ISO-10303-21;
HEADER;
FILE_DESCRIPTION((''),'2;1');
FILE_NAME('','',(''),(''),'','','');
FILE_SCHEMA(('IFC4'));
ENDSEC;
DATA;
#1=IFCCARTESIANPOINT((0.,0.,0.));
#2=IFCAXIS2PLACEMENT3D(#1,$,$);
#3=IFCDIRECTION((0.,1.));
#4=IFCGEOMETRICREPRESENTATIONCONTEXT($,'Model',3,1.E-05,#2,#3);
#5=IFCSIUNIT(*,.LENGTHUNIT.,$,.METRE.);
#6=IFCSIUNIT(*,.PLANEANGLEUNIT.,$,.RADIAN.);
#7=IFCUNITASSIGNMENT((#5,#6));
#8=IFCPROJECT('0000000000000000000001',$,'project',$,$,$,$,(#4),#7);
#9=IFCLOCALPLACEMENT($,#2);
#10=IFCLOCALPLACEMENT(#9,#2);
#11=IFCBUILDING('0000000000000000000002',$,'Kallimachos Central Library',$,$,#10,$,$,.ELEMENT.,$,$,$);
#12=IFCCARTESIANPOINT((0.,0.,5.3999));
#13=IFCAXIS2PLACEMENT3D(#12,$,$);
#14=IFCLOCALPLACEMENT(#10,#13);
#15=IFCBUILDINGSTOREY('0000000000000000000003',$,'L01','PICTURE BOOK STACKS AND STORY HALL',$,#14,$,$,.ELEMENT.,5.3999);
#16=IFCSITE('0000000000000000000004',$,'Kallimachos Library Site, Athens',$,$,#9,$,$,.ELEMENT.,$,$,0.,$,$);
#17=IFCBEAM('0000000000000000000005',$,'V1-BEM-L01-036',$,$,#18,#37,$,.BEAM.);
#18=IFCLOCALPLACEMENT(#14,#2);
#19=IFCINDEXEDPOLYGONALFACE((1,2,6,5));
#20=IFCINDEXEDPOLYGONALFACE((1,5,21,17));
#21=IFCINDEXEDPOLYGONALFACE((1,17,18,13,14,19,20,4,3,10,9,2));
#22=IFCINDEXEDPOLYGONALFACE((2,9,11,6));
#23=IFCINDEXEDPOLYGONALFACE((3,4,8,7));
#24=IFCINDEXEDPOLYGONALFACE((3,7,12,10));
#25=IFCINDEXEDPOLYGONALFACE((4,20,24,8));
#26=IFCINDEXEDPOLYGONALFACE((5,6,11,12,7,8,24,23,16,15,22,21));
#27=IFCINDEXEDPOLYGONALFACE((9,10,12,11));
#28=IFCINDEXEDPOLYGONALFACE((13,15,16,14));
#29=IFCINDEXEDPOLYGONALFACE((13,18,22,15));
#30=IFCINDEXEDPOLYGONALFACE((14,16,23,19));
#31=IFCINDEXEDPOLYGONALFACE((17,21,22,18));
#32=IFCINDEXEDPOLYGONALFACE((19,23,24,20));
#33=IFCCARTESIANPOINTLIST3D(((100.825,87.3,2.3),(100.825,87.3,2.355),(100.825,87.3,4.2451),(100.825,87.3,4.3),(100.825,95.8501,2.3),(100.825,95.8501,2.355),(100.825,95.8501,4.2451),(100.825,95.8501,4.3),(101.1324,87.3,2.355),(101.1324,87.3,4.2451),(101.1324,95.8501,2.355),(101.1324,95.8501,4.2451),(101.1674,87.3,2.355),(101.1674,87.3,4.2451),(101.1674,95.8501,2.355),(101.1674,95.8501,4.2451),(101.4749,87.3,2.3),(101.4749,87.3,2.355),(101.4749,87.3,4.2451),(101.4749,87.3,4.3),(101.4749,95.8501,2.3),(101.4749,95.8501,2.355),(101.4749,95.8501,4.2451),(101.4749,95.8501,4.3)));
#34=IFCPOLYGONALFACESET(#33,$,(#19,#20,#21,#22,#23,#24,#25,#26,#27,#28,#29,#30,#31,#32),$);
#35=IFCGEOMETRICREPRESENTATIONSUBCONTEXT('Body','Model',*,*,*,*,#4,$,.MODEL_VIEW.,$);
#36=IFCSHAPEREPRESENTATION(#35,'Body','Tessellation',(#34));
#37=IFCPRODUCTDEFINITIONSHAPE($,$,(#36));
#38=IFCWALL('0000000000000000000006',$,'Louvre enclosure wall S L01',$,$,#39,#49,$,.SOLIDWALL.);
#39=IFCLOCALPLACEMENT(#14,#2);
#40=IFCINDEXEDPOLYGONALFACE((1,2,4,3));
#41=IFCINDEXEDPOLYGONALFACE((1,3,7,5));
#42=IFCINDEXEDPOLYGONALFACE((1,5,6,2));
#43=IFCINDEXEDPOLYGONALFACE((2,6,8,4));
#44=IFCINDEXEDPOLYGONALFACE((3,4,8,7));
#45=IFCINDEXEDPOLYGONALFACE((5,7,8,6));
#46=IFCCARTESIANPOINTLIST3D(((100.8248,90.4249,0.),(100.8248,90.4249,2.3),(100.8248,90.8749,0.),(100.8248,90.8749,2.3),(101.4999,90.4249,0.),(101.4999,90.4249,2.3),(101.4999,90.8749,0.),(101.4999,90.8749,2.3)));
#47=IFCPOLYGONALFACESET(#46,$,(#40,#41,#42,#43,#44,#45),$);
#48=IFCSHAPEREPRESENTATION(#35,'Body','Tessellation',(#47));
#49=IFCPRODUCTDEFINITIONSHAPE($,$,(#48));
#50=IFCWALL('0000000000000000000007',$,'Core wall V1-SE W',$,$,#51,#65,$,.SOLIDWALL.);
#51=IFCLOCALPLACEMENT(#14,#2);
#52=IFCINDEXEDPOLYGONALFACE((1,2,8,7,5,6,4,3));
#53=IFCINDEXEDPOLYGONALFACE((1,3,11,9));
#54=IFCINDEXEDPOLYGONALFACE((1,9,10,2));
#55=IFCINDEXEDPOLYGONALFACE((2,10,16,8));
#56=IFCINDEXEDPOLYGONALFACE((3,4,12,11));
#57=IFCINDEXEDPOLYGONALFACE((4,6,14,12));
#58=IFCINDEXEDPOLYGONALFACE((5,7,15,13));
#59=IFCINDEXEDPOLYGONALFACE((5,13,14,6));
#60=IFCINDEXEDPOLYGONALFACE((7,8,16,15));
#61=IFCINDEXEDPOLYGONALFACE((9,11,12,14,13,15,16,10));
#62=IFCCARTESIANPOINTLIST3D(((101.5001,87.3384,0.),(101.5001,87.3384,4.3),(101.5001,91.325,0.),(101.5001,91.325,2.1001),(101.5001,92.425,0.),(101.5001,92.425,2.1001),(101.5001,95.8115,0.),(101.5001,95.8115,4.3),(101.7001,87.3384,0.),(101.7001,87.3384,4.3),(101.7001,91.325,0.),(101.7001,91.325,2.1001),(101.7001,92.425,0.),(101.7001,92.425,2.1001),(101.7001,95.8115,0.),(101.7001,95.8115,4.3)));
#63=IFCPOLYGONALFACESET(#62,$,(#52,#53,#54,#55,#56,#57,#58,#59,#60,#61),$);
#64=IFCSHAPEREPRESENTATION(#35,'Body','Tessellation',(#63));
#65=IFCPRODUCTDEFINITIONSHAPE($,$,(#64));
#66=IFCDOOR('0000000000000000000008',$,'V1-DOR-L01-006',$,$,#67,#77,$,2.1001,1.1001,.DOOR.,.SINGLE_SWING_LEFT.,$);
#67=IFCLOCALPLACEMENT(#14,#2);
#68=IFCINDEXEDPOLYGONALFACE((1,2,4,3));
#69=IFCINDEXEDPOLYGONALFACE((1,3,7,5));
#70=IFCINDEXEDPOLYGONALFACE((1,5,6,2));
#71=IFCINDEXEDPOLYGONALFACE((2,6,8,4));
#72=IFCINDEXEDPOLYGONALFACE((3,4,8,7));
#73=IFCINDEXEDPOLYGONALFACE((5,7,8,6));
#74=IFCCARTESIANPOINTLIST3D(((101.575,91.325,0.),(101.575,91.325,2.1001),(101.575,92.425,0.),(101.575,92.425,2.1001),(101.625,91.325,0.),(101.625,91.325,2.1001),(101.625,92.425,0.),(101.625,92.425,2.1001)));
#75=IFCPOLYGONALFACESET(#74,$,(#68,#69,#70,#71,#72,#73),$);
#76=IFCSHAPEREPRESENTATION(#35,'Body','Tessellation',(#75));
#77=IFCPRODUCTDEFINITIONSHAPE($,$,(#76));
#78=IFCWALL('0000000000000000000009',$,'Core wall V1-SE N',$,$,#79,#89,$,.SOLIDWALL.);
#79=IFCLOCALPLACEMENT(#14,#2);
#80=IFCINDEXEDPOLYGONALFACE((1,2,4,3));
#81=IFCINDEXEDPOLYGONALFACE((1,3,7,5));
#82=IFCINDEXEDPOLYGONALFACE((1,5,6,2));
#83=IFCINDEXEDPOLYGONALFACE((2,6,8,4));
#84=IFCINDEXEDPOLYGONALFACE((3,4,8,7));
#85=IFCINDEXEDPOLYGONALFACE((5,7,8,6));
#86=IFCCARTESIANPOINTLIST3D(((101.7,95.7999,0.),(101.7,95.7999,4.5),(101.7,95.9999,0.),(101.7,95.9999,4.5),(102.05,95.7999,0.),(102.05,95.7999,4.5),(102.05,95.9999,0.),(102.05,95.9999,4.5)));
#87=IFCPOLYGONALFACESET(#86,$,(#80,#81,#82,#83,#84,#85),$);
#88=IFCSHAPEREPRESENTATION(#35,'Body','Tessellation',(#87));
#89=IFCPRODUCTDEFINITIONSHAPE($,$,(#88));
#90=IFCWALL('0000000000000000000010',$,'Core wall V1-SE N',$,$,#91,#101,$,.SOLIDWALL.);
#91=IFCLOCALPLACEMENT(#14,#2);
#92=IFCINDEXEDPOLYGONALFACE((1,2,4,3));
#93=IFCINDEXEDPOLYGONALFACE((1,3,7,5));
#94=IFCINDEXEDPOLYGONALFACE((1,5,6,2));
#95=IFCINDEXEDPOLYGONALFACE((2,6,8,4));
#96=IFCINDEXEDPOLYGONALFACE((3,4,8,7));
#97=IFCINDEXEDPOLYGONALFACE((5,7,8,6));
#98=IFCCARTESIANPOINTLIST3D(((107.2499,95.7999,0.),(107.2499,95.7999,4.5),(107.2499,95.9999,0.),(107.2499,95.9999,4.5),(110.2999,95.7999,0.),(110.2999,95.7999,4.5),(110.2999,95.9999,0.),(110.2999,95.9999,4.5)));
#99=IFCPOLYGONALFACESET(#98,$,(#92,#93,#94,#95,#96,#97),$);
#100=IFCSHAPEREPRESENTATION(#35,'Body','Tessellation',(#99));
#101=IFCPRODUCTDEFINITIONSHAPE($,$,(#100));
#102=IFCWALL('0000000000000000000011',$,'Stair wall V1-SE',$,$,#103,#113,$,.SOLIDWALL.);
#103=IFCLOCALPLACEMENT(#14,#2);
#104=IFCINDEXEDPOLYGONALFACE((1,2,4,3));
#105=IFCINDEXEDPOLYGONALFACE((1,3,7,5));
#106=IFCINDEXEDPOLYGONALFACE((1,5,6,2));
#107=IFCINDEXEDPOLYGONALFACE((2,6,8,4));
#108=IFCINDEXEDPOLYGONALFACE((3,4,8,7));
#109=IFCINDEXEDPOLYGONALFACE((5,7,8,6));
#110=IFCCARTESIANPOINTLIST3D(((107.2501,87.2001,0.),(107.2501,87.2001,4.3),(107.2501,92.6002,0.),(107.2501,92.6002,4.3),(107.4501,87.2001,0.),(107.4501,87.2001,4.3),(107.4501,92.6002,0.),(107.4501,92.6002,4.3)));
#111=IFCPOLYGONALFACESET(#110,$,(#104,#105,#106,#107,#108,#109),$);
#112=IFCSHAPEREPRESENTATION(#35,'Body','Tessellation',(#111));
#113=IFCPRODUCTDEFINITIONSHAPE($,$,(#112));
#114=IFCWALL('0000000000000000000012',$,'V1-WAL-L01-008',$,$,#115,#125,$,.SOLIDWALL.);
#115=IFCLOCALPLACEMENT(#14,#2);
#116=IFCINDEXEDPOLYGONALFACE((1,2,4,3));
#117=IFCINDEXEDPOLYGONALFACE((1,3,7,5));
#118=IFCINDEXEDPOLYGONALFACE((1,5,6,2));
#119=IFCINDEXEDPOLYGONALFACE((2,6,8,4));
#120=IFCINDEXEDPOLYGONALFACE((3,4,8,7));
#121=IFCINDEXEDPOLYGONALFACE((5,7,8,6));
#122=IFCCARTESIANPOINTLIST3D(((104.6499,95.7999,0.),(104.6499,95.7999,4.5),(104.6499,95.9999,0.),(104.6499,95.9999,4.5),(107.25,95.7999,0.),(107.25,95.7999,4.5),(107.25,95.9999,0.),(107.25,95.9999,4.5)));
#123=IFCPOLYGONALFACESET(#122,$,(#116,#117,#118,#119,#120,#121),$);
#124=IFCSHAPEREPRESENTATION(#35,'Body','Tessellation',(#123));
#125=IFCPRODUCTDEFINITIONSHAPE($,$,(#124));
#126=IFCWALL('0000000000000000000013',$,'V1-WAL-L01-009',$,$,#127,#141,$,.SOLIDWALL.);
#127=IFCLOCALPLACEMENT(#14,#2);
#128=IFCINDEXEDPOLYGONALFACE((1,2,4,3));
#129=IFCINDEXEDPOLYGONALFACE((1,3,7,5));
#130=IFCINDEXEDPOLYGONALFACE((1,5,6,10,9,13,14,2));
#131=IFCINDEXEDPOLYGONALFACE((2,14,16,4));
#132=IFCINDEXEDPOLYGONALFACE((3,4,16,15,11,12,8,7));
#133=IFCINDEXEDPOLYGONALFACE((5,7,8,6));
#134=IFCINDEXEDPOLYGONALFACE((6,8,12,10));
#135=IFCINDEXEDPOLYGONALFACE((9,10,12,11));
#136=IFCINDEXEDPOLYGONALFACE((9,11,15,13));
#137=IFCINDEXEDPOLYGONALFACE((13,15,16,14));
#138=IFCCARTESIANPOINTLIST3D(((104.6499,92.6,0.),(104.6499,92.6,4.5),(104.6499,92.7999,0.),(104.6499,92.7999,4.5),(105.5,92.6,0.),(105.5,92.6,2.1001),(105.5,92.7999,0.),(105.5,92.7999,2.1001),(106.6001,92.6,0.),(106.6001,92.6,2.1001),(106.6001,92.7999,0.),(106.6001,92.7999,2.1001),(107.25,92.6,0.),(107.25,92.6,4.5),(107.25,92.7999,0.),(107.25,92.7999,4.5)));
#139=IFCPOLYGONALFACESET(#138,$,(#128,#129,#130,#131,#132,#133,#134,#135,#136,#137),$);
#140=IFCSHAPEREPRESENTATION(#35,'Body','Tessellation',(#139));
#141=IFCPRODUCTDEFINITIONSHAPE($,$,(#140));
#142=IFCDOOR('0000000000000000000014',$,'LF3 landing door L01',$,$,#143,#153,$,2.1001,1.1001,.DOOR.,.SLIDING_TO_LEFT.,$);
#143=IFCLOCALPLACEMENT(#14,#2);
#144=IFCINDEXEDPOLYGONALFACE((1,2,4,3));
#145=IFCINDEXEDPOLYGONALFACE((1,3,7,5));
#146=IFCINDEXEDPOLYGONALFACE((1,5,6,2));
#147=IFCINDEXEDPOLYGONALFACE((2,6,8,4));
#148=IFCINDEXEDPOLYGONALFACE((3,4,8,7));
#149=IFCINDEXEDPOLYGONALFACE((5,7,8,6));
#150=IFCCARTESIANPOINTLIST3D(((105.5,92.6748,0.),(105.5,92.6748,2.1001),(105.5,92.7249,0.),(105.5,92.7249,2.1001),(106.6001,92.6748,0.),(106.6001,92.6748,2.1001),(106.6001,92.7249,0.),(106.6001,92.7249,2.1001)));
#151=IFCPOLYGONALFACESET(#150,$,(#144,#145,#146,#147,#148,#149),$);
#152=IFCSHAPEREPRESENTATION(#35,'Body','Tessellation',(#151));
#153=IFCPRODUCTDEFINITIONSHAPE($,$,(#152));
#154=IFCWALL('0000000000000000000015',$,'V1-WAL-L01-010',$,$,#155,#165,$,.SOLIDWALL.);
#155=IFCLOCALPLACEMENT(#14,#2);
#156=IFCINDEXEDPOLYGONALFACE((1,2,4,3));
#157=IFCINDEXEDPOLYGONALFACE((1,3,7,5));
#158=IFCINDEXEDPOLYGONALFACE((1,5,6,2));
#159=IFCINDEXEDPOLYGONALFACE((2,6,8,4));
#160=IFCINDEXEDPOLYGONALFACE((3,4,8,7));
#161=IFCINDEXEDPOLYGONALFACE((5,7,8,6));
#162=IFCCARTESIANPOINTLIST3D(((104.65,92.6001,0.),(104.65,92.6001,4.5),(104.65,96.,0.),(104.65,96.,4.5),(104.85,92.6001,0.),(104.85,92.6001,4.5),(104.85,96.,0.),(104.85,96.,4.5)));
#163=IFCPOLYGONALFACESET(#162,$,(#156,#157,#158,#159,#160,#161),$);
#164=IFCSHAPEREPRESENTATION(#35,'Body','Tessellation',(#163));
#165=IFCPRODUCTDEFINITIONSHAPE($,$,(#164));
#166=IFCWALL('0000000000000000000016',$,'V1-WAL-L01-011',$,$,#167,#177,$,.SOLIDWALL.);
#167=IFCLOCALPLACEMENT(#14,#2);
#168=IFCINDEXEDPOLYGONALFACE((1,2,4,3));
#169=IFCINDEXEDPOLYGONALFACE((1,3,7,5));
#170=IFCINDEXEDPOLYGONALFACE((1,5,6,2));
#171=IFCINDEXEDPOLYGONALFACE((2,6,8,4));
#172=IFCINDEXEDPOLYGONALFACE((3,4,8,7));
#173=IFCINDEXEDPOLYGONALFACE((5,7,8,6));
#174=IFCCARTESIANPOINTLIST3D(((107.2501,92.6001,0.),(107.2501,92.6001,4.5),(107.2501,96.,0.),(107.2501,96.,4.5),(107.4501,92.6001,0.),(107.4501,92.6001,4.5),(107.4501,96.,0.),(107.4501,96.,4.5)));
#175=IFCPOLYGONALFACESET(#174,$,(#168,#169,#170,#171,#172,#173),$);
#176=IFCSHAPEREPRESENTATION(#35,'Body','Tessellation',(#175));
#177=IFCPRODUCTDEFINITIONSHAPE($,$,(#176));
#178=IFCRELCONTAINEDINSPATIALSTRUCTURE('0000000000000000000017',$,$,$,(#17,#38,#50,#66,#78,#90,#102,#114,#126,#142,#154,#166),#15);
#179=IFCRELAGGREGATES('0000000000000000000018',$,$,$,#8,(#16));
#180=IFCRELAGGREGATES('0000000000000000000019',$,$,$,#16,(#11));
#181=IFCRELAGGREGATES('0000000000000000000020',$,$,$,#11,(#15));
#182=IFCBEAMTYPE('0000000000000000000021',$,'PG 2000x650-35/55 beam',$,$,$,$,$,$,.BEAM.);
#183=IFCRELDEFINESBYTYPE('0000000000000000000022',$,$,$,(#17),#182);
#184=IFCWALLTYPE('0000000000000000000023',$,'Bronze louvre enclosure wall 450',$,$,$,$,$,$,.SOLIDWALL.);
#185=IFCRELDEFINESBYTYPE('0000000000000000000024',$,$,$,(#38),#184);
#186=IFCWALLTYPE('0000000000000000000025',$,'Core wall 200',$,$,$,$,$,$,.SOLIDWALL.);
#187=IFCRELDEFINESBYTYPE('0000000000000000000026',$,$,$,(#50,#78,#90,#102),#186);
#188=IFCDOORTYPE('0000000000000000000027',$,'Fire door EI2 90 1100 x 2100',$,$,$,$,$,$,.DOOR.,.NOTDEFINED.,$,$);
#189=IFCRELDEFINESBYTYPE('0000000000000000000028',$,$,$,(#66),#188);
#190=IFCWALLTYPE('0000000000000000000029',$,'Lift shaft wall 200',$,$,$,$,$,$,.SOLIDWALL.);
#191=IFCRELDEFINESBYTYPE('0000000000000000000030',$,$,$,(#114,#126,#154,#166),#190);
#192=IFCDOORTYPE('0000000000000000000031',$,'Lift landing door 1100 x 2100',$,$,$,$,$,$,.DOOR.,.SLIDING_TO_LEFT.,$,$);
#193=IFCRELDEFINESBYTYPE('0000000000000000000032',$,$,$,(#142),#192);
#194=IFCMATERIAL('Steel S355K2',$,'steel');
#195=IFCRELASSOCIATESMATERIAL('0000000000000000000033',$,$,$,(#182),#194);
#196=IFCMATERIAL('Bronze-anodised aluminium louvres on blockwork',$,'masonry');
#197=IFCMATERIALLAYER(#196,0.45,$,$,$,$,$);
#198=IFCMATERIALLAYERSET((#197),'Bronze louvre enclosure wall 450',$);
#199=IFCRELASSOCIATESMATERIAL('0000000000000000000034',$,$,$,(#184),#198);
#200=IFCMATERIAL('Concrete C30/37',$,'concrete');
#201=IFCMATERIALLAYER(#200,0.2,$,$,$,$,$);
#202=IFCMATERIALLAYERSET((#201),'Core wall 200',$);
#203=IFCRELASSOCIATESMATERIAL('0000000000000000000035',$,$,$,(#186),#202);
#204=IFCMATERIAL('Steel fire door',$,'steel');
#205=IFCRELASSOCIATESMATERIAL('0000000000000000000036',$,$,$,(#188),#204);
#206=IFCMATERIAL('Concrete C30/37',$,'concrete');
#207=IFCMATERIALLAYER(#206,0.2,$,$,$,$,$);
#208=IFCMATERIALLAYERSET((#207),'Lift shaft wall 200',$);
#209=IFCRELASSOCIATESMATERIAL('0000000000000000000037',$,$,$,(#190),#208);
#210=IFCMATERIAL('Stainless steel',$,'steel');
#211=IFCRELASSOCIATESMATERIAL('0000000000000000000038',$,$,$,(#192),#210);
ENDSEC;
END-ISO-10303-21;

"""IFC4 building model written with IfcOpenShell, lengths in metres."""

from ifc_helpers import new_model, si_unit, direction, frame, frame_2d, origin, origin_2d, place, context, subcontext, project, spatial, rectangle, i_section, extrude, material, layer, layer_set, material_profile, profile_set, type_object, element, fill, save


model = new_model("IFC4")

# Units and contexts
model_context = context("Model", 3, precision=1e-05, world=origin(), true_north=direction((0.0, 1.0)))
body_context = subcontext(model_context, "Body", "Model", "MODEL_VIEW")
ifc_project = project(units=[si_unit("LENGTHUNIT", "METRE"), si_unit("PLANEANGLEUNIT", "RADIAN")], contexts=[model_context])

# Site, building, storey
site_placement = place(None, origin())
site = spatial("IfcSite", under=ifc_project, at=site_placement, Name="Kallimachos Library Site, Athens", CompositionType="ELEMENT", RefElevation=0.0)
building_placement = place(site_placement, origin())
building = spatial("IfcBuilding", under=site, at=building_placement, Name="Kallimachos Central Library", CompositionType="ELEMENT")
storey_placement = place(building_placement, frame((0.0, 0.0, 5.3999)))
storey = spatial("IfcBuildingStorey", under=building, at=storey_placement, Name="L01", Description="PICTURE BOOK STACKS AND STORY HALL", CompositionType="ELEMENT", Elevation=5.3999)

# Beam
ifc_material_1 = material(Name="Steel S355K2", Category="steel")
ifc_material_profile_1 = material_profile(ifc_material_1, i_section(OverallWidth=0.6499, OverallDepth=2.0, WebThickness=0.0349, FlangeThickness=0.0549, at=origin_2d()), Name="PG 2000x650-35/55")
ifc_profile_set_1 = profile_set([ifc_material_profile_1], Name="Steel S355K2")
beam_type_1 = type_object("IfcBeamType", Name="PG 2000x650-35/55 beam", PredefinedType="BEAM", material=ifc_profile_set_1)
beam_1_placement = place(storey_placement, frame((101.1499, 87.3, 3.3), z_axis=(0.0, 1.0, 0.0), x_axis=(-1.0, 0.0, 0.0)))
element("IfcBeam", 1, at=beam_1_placement, inside=storey, type_object=beam_type_1, Name="V1-BEM-L01-036", PredefinedType="BEAM", context=body_context, shape_type="SweptSolid", body=[
    extrude(i_section(OverallWidth=0.6499, OverallDepth=2.0, WebThickness=0.0349, FlangeThickness=0.0549, at=origin_2d()), origin(), (0.0, 0.0, 1.0), 8.55),
])

# Wall
ifc_material_2 = material(Name="Bronze-anodised aluminium louvres on blockwork", Category="masonry")
ifc_layer_1 = layer(ifc_material_2, 0.45)
ifc_layer_set_1 = layer_set([ifc_layer_1], Name="Bronze louvre enclosure wall 450")
wall_type_1 = type_object("IfcWallType", Name="Bronze louvre enclosure wall 450", PredefinedType="SOLIDWALL", material=ifc_layer_set_1)
wall_1_placement = place(storey_placement, frame((100.825, 90.6499, 0.0), z_axis=(0.0, 0.0, 1.0), x_axis=(1.0, 0.0, 0.0)))
element("IfcWall", 2, at=wall_1_placement, inside=storey, type_object=wall_type_1, Name="Louvre enclosure wall S L01", PredefinedType="SOLIDWALL", context=body_context, shape_type="SweptSolid", body=[
    extrude(rectangle(XDim=0.675, YDim=0.45, at=frame_2d((0.3374, 0.0))), origin(), (0.0, 0.0, 1.0), 2.3),
])

# Wall, opening, door
ifc_material_3 = material(Name="Concrete C30/37", Category="concrete")
ifc_layer_2 = layer(ifc_material_3, 0.2)
ifc_layer_set_2 = layer_set([ifc_layer_2], Name="Core wall 200")
wall_type_2 = type_object("IfcWallType", Name="Core wall 200", PredefinedType="SOLIDWALL", material=ifc_layer_set_2)
wall_2_placement = place(storey_placement, frame((101.6001, 87.3384, 0.0), z_axis=(0.0, 0.0, 1.0), x_axis=(0.0, 1.0, 0.0)))
wall_2 = element("IfcWall", 3, at=wall_2_placement, inside=storey, type_object=wall_type_2, Name="Core wall V1-SE W", PredefinedType="SOLIDWALL", context=body_context, shape_type="SweptSolid", body=[
    extrude(rectangle(XDim=8.4731, YDim=0.2, at=frame_2d((4.2366, 0.0))), origin(), (0.0, 0.0, 1.0), 4.3),
])
opening_1_placement = place(wall_2_placement, frame((3.9866, 0.0, 0.0)))
opening_1 = element("IfcOpeningElement", 4, at=opening_1_placement, cuts=wall_2, PredefinedType="OPENING", context=body_context, shape_type="SweptSolid", body=[
    extrude(rectangle(XDim=1.1001, YDim=2.1001, at=frame_2d((0.55, 1.05))), frame((0.0, 0.1099, 0.0), z_axis=(0.0, -1.0, 0.0), x_axis=(1.0, 0.0, 0.0)), (0.0, 0.0, 1.0), 0.22),
])
ifc_material_4 = material(Name="Steel fire door", Category="steel")
door_type_1 = type_object("IfcDoorType", Name="Fire door EI2 90 1100 x 2100", OperationType="NOTDEFINED", PredefinedType="DOOR", material=ifc_material_4)
door_1_placement = place(opening_1_placement, frame((1.1001, 0.0, 0.0), z_axis=(0.0, 0.0, 1.0), x_axis=(-1.0, 0.0, 0.0)))
door_1 = element("IfcDoor", 5, at=door_1_placement, inside=storey, type_object=door_type_1, Name="V1-DOR-L01-006", OperationType="SINGLE_SWING_LEFT", OverallHeight=2.1001, OverallWidth=1.1001, PredefinedType="DOOR", context=body_context, shape_type="SweptSolid", body=[
    extrude(rectangle(XDim=1.1001, YDim=2.1001, at=frame_2d((0.55, 1.05))), frame((0.0, 0.0249, 0.0), z_axis=(0.0, -1.0, 0.0), x_axis=(1.0, 0.0, 0.0)), (0.0, 0.0, 1.0), 0.05),
])
fill(opening_1, door_1)

# Walls
wall_3_placement = place(storey_placement, frame((101.7, 95.8999, 0.0), z_axis=(0.0, 0.0, 1.0), x_axis=(1.0, 0.0, 0.0)))
element("IfcWall", 6, at=wall_3_placement, inside=storey, type_object=wall_type_2, Name="Core wall V1-SE N", PredefinedType="SOLIDWALL", context=body_context, shape_type="SweptSolid", body=[
    extrude(rectangle(XDim=0.3501, YDim=0.2, at=frame_2d((0.175, 0.0))), origin(), (0.0, 0.0, 1.0), 4.5),
])
wall_4_placement = place(storey_placement, frame((107.25, 95.8999, 0.0), z_axis=(0.0, 0.0, 1.0), x_axis=(1.0, 0.0, 0.0)))
element("IfcWall", 7, at=wall_4_placement, inside=storey, type_object=wall_type_2, Name="Core wall V1-SE N", PredefinedType="SOLIDWALL", context=body_context, shape_type="SweptSolid", body=[
    extrude(rectangle(XDim=3.05, YDim=0.2, at=frame_2d((1.5249, 0.0))), origin(), (0.0, 0.0, 1.0), 4.5),
])
wall_5_placement = place(storey_placement, frame((107.3501, 87.2, 0.0), z_axis=(0.0, 0.0, 1.0), x_axis=(0.0, 1.0, 0.0)))
element("IfcWall", 8, at=wall_5_placement, inside=storey, type_object=wall_type_2, Name="Stair wall V1-SE", PredefinedType="SOLIDWALL", context=body_context, shape_type="SweptSolid", body=[
    extrude(rectangle(XDim=5.4001, YDim=0.2, at=frame_2d((2.7002, 0.0))), origin(), (0.0, 0.0, 1.0), 4.3),
])
ifc_material_5 = material(Name="Concrete C30/37", Category="concrete")
ifc_layer_3 = layer(ifc_material_5, 0.2)
ifc_layer_set_3 = layer_set([ifc_layer_3], Name="Lift shaft wall 200")
wall_type_3 = type_object("IfcWallType", Name="Lift shaft wall 200", PredefinedType="SOLIDWALL", material=ifc_layer_set_3)
wall_6_placement = place(storey_placement, frame((104.6499, 95.8999, 0.0), z_axis=(0.0, 0.0, 1.0), x_axis=(1.0, 0.0, 0.0)))
element("IfcWall", 9, at=wall_6_placement, inside=storey, type_object=wall_type_3, Name="V1-WAL-L01-008", PredefinedType="SOLIDWALL", context=body_context, shape_type="SweptSolid", body=[
    extrude(rectangle(XDim=2.6001, YDim=0.2, at=frame_2d((1.3, 0.0))), origin(), (0.0, 0.0, 1.0), 4.5),
])

# Wall, opening, door
wall_7_placement = place(storey_placement, frame((104.6499, 92.7, 0.0), z_axis=(0.0, 0.0, 1.0), x_axis=(1.0, 0.0, 0.0)))
wall_7 = element("IfcWall", 10, at=wall_7_placement, inside=storey, type_object=wall_type_3, Name="V1-WAL-L01-009", PredefinedType="SOLIDWALL", context=body_context, shape_type="SweptSolid", body=[
    extrude(rectangle(XDim=2.6001, YDim=0.2, at=frame_2d((1.3, 0.0))), origin(), (0.0, 0.0, 1.0), 4.5),
])
opening_2_placement = place(wall_7_placement, frame((0.8501, 0.0, 0.0)))
opening_2 = element("IfcOpeningElement", 11, at=opening_2_placement, cuts=wall_7, PredefinedType="OPENING", context=body_context, shape_type="SweptSolid", body=[
    extrude(rectangle(XDim=1.1001, YDim=2.1001, at=frame_2d((0.55, 1.05))), frame((0.0, 0.1099, 0.0), z_axis=(0.0, -1.0, 0.0), x_axis=(1.0, 0.0, 0.0)), (0.0, 0.0, 1.0), 0.22),
])
ifc_material_6 = material(Name="Stainless steel", Category="steel")
door_type_2 = type_object("IfcDoorType", Name="Lift landing door 1100 x 2100", OperationType="SLIDING_TO_LEFT", PredefinedType="DOOR", material=ifc_material_6)
door_2_placement = place(opening_2_placement, origin())
door_2 = element("IfcDoor", 12, at=door_2_placement, inside=storey, type_object=door_type_2, Name="LF3 landing door L01", OperationType="SLIDING_TO_LEFT", OverallHeight=2.1001, OverallWidth=1.1001, PredefinedType="DOOR", context=body_context, shape_type="SweptSolid", body=[
    extrude(rectangle(XDim=1.1001, YDim=2.1001, at=frame_2d((0.55, 1.05))), frame((0.0, 0.0249, 0.0), z_axis=(0.0, -1.0, 0.0), x_axis=(1.0, 0.0, 0.0)), (0.0, 0.0, 1.0), 0.05),
])
fill(opening_2, door_2)

# Walls
for number, where, z_axis, x_axis, name in (
    (13, (104.75, 92.6001, 0.0), (0.0, 0.0, 1.0), (0.0, 1.0, 0.0), "V1-WAL-L01-010"),
    (14, (107.3501, 92.6001, 0.0), (0.0, 0.0, 1.0), (0.0, 1.0, 0.0), "V1-WAL-L01-011"),
):
    element("IfcWall", number, at=place(storey_placement, frame(where, z_axis=z_axis, x_axis=x_axis)), inside=storey, type_object=wall_type_3, Name=name, PredefinedType="SOLIDWALL", context=body_context, shape_type="SweptSolid", body=[
        extrude(rectangle(XDim=3.3999, YDim=0.2, at=frame_2d((1.7, 0.0))), origin(), (0.0, 0.0, 1.0), 4.5),
    ])

save(model, "model.ifc")
